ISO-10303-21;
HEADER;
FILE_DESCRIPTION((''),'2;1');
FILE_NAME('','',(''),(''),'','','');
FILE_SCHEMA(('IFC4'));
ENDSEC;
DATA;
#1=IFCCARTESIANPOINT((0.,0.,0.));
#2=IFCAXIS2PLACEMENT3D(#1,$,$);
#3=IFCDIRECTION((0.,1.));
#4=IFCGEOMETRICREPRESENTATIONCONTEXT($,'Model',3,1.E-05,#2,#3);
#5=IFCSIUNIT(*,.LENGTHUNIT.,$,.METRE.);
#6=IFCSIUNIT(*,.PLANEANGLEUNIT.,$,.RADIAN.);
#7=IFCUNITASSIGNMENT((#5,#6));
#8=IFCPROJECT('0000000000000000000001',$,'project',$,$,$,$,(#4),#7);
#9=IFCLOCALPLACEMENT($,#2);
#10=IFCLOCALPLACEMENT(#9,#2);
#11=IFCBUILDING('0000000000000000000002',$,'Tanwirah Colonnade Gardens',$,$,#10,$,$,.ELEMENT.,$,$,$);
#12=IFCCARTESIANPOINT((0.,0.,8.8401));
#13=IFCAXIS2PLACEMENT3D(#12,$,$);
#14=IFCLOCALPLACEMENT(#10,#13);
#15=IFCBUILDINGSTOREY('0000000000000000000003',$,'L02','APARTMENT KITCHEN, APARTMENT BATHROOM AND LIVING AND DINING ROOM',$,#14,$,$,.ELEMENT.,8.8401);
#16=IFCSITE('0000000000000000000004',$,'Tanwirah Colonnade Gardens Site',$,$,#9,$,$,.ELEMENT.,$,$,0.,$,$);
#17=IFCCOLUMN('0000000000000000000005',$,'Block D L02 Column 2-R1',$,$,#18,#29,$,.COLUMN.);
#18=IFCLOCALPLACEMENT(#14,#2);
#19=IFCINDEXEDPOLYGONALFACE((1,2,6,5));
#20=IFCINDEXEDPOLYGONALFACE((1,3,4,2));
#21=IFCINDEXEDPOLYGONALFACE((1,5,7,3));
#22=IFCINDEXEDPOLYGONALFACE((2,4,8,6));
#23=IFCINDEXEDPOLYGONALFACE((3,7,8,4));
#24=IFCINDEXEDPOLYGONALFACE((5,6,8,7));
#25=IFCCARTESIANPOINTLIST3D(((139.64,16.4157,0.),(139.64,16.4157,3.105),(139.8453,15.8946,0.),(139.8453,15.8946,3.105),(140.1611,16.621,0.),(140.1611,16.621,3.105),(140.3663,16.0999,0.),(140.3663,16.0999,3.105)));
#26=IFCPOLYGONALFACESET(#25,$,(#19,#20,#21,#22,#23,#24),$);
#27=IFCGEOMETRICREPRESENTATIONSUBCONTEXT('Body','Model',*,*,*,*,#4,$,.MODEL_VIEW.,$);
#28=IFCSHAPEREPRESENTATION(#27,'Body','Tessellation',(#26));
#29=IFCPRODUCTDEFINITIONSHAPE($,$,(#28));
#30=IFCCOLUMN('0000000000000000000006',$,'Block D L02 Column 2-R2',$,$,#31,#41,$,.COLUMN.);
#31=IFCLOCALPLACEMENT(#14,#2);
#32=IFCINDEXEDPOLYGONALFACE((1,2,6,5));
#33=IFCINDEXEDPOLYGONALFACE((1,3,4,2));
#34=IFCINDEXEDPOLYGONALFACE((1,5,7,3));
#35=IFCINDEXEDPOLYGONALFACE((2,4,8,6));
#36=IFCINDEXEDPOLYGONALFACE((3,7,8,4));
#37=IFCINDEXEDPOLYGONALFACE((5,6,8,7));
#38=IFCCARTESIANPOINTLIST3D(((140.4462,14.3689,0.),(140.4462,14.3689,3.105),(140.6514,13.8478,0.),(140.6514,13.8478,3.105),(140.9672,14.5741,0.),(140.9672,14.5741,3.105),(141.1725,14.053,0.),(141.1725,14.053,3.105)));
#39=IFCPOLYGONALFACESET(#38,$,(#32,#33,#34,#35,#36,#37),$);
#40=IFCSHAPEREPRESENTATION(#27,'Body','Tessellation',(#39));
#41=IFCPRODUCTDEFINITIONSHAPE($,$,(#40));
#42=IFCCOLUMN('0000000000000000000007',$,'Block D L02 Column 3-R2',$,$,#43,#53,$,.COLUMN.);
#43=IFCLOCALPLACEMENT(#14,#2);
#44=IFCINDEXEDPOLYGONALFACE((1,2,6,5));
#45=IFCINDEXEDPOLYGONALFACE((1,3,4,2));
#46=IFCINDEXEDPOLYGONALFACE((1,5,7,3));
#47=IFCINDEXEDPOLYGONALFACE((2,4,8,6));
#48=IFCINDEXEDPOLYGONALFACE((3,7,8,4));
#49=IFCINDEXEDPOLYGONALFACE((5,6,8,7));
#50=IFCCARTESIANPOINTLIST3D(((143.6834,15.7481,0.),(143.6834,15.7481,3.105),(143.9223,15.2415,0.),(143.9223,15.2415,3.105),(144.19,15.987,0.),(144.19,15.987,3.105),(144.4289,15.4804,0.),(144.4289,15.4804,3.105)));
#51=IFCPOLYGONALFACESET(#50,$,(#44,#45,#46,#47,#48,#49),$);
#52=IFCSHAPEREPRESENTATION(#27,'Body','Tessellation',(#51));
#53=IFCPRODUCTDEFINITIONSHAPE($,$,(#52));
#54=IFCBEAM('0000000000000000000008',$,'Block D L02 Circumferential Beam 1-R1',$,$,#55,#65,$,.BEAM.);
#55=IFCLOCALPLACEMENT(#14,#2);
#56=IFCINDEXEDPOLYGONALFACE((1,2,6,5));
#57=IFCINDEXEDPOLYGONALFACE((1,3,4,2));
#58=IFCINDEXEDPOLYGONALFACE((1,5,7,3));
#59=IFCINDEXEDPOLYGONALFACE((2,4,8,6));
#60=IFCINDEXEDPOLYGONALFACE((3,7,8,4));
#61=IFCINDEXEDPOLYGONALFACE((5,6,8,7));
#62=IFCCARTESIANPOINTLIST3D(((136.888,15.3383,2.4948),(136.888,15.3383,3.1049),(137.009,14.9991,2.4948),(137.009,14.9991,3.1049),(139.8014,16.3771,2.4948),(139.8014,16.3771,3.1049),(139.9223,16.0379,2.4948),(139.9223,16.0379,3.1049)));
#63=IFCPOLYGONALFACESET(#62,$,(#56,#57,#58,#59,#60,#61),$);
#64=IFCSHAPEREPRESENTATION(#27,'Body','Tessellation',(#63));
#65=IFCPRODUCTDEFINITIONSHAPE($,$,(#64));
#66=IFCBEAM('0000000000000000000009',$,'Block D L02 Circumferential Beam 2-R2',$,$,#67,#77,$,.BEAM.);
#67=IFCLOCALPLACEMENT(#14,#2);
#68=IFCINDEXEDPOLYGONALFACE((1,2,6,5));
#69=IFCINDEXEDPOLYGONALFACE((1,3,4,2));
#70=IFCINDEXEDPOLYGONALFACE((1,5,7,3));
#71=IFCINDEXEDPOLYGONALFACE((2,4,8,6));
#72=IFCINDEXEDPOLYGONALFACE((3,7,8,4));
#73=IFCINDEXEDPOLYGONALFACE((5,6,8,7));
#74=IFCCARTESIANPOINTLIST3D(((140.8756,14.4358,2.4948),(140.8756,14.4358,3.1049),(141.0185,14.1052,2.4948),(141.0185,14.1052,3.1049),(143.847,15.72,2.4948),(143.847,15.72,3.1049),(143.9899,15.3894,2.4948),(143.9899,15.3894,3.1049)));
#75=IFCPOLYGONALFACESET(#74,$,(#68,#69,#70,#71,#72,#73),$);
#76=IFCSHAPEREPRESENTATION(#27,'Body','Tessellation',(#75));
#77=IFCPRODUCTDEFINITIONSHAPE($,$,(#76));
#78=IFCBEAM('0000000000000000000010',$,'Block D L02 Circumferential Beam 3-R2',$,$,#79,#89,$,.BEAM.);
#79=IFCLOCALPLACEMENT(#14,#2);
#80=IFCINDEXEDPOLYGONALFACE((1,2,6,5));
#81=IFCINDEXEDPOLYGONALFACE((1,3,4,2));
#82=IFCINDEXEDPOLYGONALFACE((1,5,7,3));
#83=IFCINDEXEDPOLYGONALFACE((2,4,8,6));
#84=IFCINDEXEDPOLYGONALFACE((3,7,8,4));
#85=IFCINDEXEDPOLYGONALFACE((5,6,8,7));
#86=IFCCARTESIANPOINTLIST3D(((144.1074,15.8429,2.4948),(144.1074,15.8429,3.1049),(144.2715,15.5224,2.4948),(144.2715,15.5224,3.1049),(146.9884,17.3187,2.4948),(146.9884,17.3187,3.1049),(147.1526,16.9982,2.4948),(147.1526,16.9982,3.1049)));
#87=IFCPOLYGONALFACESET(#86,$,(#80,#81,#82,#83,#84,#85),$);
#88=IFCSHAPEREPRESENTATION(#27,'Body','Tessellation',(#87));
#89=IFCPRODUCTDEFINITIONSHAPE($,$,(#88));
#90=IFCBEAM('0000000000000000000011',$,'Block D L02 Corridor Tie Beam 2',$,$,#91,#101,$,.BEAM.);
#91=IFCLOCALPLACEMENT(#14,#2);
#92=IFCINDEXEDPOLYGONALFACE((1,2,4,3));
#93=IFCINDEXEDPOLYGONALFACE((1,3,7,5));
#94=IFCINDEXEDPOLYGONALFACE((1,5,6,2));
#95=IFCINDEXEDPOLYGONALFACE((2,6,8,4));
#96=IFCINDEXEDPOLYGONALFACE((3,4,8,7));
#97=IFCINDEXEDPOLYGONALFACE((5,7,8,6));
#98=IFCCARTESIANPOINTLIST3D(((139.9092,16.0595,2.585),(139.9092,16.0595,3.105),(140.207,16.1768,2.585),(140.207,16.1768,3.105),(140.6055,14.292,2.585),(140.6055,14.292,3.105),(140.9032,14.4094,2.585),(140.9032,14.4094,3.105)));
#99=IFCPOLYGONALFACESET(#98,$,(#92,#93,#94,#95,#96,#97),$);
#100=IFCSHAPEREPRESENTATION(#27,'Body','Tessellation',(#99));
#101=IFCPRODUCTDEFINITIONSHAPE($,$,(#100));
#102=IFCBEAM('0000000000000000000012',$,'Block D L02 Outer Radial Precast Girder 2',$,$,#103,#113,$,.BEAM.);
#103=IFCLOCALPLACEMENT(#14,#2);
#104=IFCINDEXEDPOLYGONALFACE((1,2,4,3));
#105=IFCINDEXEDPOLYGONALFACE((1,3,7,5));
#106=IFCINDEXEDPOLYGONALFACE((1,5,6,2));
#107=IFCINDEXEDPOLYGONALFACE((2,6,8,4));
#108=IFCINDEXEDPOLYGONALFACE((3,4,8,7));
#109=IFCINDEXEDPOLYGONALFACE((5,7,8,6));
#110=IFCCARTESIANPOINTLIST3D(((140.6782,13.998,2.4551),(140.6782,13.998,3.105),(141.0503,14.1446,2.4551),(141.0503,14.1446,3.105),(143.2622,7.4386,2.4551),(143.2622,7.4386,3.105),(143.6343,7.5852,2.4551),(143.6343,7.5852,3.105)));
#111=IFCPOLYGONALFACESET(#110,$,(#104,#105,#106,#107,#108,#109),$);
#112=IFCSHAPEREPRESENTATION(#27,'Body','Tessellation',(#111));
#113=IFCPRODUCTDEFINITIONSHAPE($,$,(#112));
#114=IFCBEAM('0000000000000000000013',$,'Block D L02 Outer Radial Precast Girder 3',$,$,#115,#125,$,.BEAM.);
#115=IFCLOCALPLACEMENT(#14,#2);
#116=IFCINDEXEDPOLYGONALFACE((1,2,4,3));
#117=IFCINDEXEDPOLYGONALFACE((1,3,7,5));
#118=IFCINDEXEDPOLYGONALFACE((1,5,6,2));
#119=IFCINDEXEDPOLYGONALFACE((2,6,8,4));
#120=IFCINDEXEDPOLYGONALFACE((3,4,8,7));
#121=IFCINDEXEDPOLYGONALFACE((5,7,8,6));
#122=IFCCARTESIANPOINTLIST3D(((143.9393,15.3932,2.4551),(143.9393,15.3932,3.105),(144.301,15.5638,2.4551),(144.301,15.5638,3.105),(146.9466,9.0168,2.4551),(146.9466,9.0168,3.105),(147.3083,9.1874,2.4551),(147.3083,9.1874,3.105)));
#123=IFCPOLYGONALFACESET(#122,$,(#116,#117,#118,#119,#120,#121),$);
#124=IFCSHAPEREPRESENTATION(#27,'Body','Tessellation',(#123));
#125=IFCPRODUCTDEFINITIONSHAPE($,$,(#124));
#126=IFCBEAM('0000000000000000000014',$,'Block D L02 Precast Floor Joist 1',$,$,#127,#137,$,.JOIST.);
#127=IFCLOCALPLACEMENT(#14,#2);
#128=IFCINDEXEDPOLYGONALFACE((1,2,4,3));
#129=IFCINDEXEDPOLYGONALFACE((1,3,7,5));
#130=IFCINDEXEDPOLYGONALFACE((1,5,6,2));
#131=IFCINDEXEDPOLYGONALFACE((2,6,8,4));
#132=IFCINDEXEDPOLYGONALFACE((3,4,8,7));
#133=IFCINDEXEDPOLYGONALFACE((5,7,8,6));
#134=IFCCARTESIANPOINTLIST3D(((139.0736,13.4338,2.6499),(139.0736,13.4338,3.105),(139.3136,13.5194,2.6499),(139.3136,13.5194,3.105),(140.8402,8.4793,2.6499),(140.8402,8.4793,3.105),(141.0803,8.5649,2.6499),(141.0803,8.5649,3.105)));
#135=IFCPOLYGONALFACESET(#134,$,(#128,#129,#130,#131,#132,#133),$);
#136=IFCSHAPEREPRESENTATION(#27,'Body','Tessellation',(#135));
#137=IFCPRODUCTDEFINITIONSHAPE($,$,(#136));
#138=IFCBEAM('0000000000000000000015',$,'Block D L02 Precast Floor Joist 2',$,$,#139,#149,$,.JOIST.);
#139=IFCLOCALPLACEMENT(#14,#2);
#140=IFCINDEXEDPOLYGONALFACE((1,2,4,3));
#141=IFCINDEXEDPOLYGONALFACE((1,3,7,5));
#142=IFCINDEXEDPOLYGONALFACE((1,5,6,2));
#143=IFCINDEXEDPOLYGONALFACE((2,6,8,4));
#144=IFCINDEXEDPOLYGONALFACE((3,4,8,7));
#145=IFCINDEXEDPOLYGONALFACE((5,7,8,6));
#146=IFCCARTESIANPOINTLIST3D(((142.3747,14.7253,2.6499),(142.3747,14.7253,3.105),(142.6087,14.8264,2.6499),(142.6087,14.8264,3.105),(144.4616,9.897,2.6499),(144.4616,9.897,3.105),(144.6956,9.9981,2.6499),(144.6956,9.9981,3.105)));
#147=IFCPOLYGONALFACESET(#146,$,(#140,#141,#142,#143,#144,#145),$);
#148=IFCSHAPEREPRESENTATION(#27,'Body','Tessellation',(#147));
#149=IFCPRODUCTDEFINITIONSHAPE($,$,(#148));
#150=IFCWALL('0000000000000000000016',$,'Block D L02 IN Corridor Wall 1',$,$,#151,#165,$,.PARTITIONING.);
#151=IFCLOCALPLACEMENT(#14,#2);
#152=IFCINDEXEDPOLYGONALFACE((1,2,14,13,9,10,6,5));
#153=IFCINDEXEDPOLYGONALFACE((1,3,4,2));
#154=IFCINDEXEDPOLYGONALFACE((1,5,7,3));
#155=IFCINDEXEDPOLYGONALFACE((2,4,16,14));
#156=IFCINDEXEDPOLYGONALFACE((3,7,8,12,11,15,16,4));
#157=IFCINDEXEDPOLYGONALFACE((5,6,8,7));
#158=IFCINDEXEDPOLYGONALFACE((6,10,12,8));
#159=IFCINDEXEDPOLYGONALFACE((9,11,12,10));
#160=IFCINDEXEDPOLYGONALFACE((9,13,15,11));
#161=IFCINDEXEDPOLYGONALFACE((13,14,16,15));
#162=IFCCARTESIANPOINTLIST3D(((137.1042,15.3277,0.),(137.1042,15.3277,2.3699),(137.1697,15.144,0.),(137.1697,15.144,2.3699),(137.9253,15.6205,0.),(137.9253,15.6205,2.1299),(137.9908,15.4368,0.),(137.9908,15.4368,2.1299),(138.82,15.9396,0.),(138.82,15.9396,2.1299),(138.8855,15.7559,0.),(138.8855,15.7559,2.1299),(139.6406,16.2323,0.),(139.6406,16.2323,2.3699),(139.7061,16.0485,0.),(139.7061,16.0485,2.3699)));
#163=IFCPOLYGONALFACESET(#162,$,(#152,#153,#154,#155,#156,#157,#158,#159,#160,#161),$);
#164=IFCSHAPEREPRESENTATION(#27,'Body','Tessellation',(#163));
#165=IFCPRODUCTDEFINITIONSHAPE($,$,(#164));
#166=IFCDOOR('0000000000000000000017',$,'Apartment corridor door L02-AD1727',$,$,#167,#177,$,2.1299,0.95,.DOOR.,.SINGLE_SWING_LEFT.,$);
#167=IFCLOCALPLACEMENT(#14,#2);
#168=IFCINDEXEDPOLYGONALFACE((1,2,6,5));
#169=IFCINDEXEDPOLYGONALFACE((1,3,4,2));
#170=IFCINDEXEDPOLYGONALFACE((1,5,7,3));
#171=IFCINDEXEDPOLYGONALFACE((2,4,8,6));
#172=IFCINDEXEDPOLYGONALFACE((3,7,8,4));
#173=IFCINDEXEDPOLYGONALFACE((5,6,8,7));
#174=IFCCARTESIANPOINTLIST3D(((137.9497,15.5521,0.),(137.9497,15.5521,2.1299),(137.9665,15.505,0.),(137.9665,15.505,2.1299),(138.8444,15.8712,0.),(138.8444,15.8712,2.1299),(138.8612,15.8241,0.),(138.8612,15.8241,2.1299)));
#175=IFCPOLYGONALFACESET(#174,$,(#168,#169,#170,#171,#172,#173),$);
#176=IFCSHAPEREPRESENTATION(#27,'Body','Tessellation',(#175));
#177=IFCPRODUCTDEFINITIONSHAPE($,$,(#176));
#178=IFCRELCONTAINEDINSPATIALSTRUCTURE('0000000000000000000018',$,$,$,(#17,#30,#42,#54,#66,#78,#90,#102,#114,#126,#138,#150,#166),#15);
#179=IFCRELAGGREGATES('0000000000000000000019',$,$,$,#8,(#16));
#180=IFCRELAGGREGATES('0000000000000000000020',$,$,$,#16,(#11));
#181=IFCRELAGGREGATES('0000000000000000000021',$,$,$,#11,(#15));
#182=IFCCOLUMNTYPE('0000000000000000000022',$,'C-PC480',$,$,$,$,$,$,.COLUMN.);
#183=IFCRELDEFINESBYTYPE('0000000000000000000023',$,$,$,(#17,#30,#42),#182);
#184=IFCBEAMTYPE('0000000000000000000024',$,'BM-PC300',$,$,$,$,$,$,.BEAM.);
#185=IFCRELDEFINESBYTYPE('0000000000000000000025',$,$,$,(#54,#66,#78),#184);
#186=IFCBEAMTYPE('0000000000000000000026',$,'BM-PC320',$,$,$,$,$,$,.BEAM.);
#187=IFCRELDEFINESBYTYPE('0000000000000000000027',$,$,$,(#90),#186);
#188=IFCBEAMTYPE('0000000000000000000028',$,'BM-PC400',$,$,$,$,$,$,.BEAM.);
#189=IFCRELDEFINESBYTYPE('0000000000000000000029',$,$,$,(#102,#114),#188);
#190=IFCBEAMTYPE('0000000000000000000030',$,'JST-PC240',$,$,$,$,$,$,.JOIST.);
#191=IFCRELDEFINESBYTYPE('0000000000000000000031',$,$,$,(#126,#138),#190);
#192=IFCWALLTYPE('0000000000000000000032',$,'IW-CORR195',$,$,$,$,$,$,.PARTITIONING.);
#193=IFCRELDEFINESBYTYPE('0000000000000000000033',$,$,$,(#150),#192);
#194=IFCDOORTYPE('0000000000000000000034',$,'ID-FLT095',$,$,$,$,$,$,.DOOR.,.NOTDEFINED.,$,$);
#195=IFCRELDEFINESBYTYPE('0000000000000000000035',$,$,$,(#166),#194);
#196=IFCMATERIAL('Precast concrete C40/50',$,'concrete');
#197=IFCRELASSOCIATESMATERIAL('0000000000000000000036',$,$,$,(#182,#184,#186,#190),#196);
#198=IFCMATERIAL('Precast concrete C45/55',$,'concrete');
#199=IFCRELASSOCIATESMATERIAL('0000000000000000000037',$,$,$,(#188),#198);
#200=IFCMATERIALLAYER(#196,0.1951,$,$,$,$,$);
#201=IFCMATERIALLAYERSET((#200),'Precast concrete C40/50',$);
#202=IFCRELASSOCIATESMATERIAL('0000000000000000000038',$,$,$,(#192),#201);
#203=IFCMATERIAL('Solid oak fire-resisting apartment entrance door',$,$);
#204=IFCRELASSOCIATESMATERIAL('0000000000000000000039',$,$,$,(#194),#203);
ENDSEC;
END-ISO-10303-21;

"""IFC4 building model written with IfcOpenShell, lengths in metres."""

from ifc_helpers import new_model, si_unit, direction, frame, frame_2d, origin, origin_2d, place, context, subcontext, project, spatial, rectangle, extrude, material, layer, layer_set, material_profile, profile_set, type_object, element, fill, save


model = new_model("IFC4")

# Units and contexts
model_context = context("Model", 3, precision=1e-05, world=origin(), true_north=direction((0.0, 1.0)))
body_context = subcontext(model_context, "Body", "Model", "MODEL_VIEW")
ifc_project = project(units=[si_unit("LENGTHUNIT", "METRE"), si_unit("PLANEANGLEUNIT", "RADIAN")], contexts=[model_context])

# Site, building, storey
site_placement = place(None, origin())
site = spatial("IfcSite", under=ifc_project, at=site_placement, Name="Tanwirah Colonnade Gardens Site", CompositionType="ELEMENT", RefElevation=0.0)
building_placement = place(site_placement, origin())
building = spatial("IfcBuilding", under=site, at=building_placement, Name="Tanwirah Colonnade Gardens", CompositionType="ELEMENT")
storey_placement = place(building_placement, frame((0.0, 0.0, 8.8401)))
storey = spatial("IfcBuildingStorey", under=building, at=storey_placement, Name="L02", Description="APARTMENT KITCHEN, APARTMENT BATHROOM AND LIVING AND DINING ROOM", CompositionType="ELEMENT", Elevation=8.8401)

# Columns
ifc_material_1 = material(Name="Precast concrete C40/50", Category="concrete")
ifc_material_profile_1 = material_profile(ifc_material_1, rectangle(XDim=0.5601, YDim=0.5601, at=origin_2d()), Name="PC-COL 560x560")
ifc_profile_set_1 = profile_set([ifc_material_profile_1], Name="Precast concrete C40/50")
column_type = type_object("IfcColumnType", Name="C-PC480", PredefinedType="COLUMN", material=ifc_profile_set_1)
for number, where, z_axis, x_axis, name in (
    (1, (140.0032, 16.2578, 0.0), (0.0, 0.0, 1.0), (0.366501, -0.930418, 0.0), "Block D L02 Column 2-R1"),
    (2, (140.8093, 14.2109, 0.0), (0.0, 0.0, 1.0), (0.366501, -0.930418, 0.0), "Block D L02 Column 2-R2"),
    (3, (144.0562, 15.6143, 0.0), (0.0, 0.0, 1.0), (0.426569, -0.904455, 0.0), "Block D L02 Column 3-R2"),
):
    element("IfcColumn", number, at=place(storey_placement, frame(where, z_axis=z_axis, x_axis=x_axis)), inside=storey, type_object=column_type, Name=name, PredefinedType="COLUMN", context=body_context, shape_type="SweptSolid", body=[
        extrude(rectangle(XDim=0.5601, YDim=0.5601, at=origin_2d()), origin(), (0.0, 0.0, 1.0), 3.105),
    ])

# Beams
ifc_material_profile_2 = material_profile(ifc_material_1, rectangle(XDim=0.3601, YDim=0.6101, at=origin_2d()), Name="PC-BM 360x610")
ifc_profile_set_2 = profile_set([ifc_material_profile_2], Name="Precast concrete C40/50")
beam_type_1 = type_object("IfcBeamType", Name="BM-PC300", PredefinedType="BEAM", material=ifc_profile_set_2)
beam_1_placement = place(storey_placement, frame((136.9485, 15.1687, 2.7998), z_axis=(0.941911, 0.335861, 0.0), x_axis=(-0.335861, 0.941911, 0.0)))
element("IfcBeam", 4, at=beam_1_placement, inside=storey, type_object=beam_type_1, Name="Block D L02 Circumferential Beam 1-R1", PredefinedType="BEAM", context=body_context, shape_type="SweptSolid", body=[
    extrude(rectangle(XDim=0.3601, YDim=0.6101, at=origin_2d()), origin(), (0.0, 0.0, 1.0), 3.093),
])
for number, where, z_axis, x_axis, name in (
    (5, (140.947, 14.2705, 2.7998), (0.917943, 0.396712, 0.0), (-0.396712, 0.917943, 0.0), "Block D L02 Circumferential Beam 2-R2"),
    (6, (144.1895, 15.6826, 2.7998), (0.890025, 0.455911, 0.0), (-0.455911, 0.890025, 0.0), "Block D L02 Circumferential Beam 3-R2"),
):
    element("IfcBeam", number, at=place(storey_placement, frame(where, z_axis=z_axis, x_axis=x_axis)), inside=storey, type_object=beam_type_1, Name=name, PredefinedType="BEAM", context=body_context, shape_type="SweptSolid", body=[
        extrude(rectangle(XDim=0.3601, YDim=0.6101, at=origin_2d()), origin(), (0.0, 0.0, 1.0), 3.2371),
    ])
ifc_material_profile_3 = material_profile(ifc_material_1, rectangle(XDim=0.3201, YDim=0.52, at=origin_2d()), Name="PC-BM 320x520")
ifc_profile_set_3 = profile_set([ifc_material_profile_3], Name="Precast concrete C40/50")
beam_type_2 = type_object("IfcBeamType", Name="BM-PC320", PredefinedType="BEAM", material=ifc_profile_set_3)
beam_2_placement = place(storey_placement, frame((140.0581, 16.1182, 2.845), z_axis=(0.366511, -0.930414, 0.0), x_axis=(0.930414, 0.366511, 0.0)))
element("IfcBeam", 7, at=beam_2_placement, inside=storey, type_object=beam_type_2, Name="Block D L02 Corridor Tie Beam 2", PredefinedType="BEAM", context=body_context, shape_type="SweptSolid", body=[
    extrude(rectangle(XDim=0.3201, YDim=0.52, at=origin_2d()), origin(), (0.0, 0.0, 1.0), 1.8997),
])
ifc_material_2 = material(Name="Precast concrete C45/55", Category="concrete")
ifc_material_profile_4 = material_profile(ifc_material_2, rectangle(XDim=0.3999, YDim=0.6499, at=origin_2d()), Name="PC-BM 400x650")
ifc_profile_set_4 = profile_set([ifc_material_profile_4], Name="Precast concrete C45/55")
beam_type_3 = type_object("IfcBeamType", Name="BM-PC400", PredefinedType="BEAM", material=ifc_profile_set_4)
for number, where, z_axis, x_axis, name in (
    (8, (140.8643, 14.0713, 2.78), (0.366525, -0.930408, 0.0), (0.930408, 0.366525, 0.0), "Block D L02 Outer Radial Precast Girder 2"),
    (9, (144.1201, 15.4785, 2.78), (0.426567, -0.904456, 0.0), (0.904456, 0.426567, 0.0), "Block D L02 Outer Radial Precast Girder 3"),
):
    element("IfcBeam", number, at=place(storey_placement, frame(where, z_axis=z_axis, x_axis=x_axis)), inside=storey, type_object=beam_type_3, Name=name, PredefinedType="BEAM", context=body_context, shape_type="SweptSolid", body=[
        extrude(rectangle(XDim=0.3999, YDim=0.6499, at=origin_2d()), origin(), (0.0, 0.0, 1.0), 7.05),
    ])
ifc_material_profile_5 = material_profile(ifc_material_1, rectangle(XDim=0.2549, YDim=0.4551, at=origin_2d()), Name="PC-JST 255x455")
ifc_profile_set_5 = profile_set([ifc_material_profile_5], Name="Precast concrete C40/50")
beam_type_4 = type_object("IfcBeamType", Name="JST-PC240", PredefinedType="JOIST", material=ifc_profile_set_5)
for number, where, z_axis, x_axis, name in (
    (10, (139.1936, 13.4766, 2.8774), (0.335863, -0.941911, 0.0), (0.941911, 0.335863, 0.0), "Block D L02 Precast Floor Joist 1"),
    (11, (142.4917, 14.7759, 2.8774), (0.396746, -0.917928, 0.0), (0.917928, 0.396746, 0.0), "Block D L02 Precast Floor Joist 2"),
):
    element("IfcBeam", number, at=place(storey_placement, frame(where, z_axis=z_axis, x_axis=x_axis)), inside=storey, type_object=beam_type_4, Name=name, PredefinedType="JOIST", context=body_context, shape_type="SweptSolid", body=[
        extrude(rectangle(XDim=0.2549, YDim=0.4551, at=origin_2d()), origin(), (0.0, 0.0, 1.0), 5.26),
    ])

# Wall, opening, door
ifc_layer_1 = layer(ifc_material_1, 0.1951)
ifc_layer_set_1 = layer_set([ifc_layer_1], Name="Precast concrete C40/50")
wall_type_1 = type_object("IfcWallType", Name="IW-CORR195", PredefinedType="PARTITIONING", material=ifc_layer_set_1)
wall_1_placement = place(storey_placement, frame((137.137, 15.2358, 0.0), z_axis=(0.0, 0.0, 1.0), x_axis=(0.941896, 0.335906, 0.0)))
wall_1 = element("IfcWall", 12, at=wall_1_placement, inside=storey, type_object=wall_type_1, Name="Block D L02 IN Corridor Wall 1", PredefinedType="PARTITIONING", context=body_context, shape_type="SweptSolid", body=[
    extrude(rectangle(XDim=2.6929, YDim=0.1951, at=frame_2d((1.3464, 0.0))), origin(), (0.0, 0.0, 1.0), 2.3699),
])
opening_1_placement = place(wall_1_placement, frame((0.8716, 0.0, 0.0)))
opening_1 = element("IfcOpeningElement", 13, at=opening_1_placement, cuts=wall_1, PredefinedType="OPENING", context=body_context, shape_type="SweptSolid", body=[
    extrude(rectangle(XDim=0.95, YDim=2.1299, at=frame_2d((0.4751, 1.0649))), frame((0.0, 0.1074, 0.0), z_axis=(0.0, -1.0, 0.0), x_axis=(1.0, 0.0, 0.0)), (0.0, 0.0, 1.0), 0.2151),
])
ifc_material_3 = material(Name="Solid oak fire-resisting apartment entrance door")
door_type_1 = type_object("IfcDoorType", Name="ID-FLT095", OperationType="NOTDEFINED", PredefinedType="DOOR", material=ifc_material_3)
door_1_placement = place(opening_1_placement, origin())
door_1 = element("IfcDoor", 14, at=door_1_placement, inside=storey, type_object=door_type_1, Name="Apartment corridor door L02-AD1727", OperationType="SINGLE_SWING_LEFT", OverallHeight=2.1299, OverallWidth=0.95, PredefinedType="DOOR", context=body_context, shape_type="SweptSolid", body=[
    extrude(rectangle(XDim=0.95, YDim=2.1299, at=frame_2d((0.4751, 1.0649))), frame((0.0, 0.0249, 0.0), z_axis=(0.0, -1.0, 0.0), x_axis=(1.0, 0.0, 0.0)), (0.0, 0.0, 1.0), 0.05),
])
fill(opening_1, door_1)

save(model, "model.ifc")
